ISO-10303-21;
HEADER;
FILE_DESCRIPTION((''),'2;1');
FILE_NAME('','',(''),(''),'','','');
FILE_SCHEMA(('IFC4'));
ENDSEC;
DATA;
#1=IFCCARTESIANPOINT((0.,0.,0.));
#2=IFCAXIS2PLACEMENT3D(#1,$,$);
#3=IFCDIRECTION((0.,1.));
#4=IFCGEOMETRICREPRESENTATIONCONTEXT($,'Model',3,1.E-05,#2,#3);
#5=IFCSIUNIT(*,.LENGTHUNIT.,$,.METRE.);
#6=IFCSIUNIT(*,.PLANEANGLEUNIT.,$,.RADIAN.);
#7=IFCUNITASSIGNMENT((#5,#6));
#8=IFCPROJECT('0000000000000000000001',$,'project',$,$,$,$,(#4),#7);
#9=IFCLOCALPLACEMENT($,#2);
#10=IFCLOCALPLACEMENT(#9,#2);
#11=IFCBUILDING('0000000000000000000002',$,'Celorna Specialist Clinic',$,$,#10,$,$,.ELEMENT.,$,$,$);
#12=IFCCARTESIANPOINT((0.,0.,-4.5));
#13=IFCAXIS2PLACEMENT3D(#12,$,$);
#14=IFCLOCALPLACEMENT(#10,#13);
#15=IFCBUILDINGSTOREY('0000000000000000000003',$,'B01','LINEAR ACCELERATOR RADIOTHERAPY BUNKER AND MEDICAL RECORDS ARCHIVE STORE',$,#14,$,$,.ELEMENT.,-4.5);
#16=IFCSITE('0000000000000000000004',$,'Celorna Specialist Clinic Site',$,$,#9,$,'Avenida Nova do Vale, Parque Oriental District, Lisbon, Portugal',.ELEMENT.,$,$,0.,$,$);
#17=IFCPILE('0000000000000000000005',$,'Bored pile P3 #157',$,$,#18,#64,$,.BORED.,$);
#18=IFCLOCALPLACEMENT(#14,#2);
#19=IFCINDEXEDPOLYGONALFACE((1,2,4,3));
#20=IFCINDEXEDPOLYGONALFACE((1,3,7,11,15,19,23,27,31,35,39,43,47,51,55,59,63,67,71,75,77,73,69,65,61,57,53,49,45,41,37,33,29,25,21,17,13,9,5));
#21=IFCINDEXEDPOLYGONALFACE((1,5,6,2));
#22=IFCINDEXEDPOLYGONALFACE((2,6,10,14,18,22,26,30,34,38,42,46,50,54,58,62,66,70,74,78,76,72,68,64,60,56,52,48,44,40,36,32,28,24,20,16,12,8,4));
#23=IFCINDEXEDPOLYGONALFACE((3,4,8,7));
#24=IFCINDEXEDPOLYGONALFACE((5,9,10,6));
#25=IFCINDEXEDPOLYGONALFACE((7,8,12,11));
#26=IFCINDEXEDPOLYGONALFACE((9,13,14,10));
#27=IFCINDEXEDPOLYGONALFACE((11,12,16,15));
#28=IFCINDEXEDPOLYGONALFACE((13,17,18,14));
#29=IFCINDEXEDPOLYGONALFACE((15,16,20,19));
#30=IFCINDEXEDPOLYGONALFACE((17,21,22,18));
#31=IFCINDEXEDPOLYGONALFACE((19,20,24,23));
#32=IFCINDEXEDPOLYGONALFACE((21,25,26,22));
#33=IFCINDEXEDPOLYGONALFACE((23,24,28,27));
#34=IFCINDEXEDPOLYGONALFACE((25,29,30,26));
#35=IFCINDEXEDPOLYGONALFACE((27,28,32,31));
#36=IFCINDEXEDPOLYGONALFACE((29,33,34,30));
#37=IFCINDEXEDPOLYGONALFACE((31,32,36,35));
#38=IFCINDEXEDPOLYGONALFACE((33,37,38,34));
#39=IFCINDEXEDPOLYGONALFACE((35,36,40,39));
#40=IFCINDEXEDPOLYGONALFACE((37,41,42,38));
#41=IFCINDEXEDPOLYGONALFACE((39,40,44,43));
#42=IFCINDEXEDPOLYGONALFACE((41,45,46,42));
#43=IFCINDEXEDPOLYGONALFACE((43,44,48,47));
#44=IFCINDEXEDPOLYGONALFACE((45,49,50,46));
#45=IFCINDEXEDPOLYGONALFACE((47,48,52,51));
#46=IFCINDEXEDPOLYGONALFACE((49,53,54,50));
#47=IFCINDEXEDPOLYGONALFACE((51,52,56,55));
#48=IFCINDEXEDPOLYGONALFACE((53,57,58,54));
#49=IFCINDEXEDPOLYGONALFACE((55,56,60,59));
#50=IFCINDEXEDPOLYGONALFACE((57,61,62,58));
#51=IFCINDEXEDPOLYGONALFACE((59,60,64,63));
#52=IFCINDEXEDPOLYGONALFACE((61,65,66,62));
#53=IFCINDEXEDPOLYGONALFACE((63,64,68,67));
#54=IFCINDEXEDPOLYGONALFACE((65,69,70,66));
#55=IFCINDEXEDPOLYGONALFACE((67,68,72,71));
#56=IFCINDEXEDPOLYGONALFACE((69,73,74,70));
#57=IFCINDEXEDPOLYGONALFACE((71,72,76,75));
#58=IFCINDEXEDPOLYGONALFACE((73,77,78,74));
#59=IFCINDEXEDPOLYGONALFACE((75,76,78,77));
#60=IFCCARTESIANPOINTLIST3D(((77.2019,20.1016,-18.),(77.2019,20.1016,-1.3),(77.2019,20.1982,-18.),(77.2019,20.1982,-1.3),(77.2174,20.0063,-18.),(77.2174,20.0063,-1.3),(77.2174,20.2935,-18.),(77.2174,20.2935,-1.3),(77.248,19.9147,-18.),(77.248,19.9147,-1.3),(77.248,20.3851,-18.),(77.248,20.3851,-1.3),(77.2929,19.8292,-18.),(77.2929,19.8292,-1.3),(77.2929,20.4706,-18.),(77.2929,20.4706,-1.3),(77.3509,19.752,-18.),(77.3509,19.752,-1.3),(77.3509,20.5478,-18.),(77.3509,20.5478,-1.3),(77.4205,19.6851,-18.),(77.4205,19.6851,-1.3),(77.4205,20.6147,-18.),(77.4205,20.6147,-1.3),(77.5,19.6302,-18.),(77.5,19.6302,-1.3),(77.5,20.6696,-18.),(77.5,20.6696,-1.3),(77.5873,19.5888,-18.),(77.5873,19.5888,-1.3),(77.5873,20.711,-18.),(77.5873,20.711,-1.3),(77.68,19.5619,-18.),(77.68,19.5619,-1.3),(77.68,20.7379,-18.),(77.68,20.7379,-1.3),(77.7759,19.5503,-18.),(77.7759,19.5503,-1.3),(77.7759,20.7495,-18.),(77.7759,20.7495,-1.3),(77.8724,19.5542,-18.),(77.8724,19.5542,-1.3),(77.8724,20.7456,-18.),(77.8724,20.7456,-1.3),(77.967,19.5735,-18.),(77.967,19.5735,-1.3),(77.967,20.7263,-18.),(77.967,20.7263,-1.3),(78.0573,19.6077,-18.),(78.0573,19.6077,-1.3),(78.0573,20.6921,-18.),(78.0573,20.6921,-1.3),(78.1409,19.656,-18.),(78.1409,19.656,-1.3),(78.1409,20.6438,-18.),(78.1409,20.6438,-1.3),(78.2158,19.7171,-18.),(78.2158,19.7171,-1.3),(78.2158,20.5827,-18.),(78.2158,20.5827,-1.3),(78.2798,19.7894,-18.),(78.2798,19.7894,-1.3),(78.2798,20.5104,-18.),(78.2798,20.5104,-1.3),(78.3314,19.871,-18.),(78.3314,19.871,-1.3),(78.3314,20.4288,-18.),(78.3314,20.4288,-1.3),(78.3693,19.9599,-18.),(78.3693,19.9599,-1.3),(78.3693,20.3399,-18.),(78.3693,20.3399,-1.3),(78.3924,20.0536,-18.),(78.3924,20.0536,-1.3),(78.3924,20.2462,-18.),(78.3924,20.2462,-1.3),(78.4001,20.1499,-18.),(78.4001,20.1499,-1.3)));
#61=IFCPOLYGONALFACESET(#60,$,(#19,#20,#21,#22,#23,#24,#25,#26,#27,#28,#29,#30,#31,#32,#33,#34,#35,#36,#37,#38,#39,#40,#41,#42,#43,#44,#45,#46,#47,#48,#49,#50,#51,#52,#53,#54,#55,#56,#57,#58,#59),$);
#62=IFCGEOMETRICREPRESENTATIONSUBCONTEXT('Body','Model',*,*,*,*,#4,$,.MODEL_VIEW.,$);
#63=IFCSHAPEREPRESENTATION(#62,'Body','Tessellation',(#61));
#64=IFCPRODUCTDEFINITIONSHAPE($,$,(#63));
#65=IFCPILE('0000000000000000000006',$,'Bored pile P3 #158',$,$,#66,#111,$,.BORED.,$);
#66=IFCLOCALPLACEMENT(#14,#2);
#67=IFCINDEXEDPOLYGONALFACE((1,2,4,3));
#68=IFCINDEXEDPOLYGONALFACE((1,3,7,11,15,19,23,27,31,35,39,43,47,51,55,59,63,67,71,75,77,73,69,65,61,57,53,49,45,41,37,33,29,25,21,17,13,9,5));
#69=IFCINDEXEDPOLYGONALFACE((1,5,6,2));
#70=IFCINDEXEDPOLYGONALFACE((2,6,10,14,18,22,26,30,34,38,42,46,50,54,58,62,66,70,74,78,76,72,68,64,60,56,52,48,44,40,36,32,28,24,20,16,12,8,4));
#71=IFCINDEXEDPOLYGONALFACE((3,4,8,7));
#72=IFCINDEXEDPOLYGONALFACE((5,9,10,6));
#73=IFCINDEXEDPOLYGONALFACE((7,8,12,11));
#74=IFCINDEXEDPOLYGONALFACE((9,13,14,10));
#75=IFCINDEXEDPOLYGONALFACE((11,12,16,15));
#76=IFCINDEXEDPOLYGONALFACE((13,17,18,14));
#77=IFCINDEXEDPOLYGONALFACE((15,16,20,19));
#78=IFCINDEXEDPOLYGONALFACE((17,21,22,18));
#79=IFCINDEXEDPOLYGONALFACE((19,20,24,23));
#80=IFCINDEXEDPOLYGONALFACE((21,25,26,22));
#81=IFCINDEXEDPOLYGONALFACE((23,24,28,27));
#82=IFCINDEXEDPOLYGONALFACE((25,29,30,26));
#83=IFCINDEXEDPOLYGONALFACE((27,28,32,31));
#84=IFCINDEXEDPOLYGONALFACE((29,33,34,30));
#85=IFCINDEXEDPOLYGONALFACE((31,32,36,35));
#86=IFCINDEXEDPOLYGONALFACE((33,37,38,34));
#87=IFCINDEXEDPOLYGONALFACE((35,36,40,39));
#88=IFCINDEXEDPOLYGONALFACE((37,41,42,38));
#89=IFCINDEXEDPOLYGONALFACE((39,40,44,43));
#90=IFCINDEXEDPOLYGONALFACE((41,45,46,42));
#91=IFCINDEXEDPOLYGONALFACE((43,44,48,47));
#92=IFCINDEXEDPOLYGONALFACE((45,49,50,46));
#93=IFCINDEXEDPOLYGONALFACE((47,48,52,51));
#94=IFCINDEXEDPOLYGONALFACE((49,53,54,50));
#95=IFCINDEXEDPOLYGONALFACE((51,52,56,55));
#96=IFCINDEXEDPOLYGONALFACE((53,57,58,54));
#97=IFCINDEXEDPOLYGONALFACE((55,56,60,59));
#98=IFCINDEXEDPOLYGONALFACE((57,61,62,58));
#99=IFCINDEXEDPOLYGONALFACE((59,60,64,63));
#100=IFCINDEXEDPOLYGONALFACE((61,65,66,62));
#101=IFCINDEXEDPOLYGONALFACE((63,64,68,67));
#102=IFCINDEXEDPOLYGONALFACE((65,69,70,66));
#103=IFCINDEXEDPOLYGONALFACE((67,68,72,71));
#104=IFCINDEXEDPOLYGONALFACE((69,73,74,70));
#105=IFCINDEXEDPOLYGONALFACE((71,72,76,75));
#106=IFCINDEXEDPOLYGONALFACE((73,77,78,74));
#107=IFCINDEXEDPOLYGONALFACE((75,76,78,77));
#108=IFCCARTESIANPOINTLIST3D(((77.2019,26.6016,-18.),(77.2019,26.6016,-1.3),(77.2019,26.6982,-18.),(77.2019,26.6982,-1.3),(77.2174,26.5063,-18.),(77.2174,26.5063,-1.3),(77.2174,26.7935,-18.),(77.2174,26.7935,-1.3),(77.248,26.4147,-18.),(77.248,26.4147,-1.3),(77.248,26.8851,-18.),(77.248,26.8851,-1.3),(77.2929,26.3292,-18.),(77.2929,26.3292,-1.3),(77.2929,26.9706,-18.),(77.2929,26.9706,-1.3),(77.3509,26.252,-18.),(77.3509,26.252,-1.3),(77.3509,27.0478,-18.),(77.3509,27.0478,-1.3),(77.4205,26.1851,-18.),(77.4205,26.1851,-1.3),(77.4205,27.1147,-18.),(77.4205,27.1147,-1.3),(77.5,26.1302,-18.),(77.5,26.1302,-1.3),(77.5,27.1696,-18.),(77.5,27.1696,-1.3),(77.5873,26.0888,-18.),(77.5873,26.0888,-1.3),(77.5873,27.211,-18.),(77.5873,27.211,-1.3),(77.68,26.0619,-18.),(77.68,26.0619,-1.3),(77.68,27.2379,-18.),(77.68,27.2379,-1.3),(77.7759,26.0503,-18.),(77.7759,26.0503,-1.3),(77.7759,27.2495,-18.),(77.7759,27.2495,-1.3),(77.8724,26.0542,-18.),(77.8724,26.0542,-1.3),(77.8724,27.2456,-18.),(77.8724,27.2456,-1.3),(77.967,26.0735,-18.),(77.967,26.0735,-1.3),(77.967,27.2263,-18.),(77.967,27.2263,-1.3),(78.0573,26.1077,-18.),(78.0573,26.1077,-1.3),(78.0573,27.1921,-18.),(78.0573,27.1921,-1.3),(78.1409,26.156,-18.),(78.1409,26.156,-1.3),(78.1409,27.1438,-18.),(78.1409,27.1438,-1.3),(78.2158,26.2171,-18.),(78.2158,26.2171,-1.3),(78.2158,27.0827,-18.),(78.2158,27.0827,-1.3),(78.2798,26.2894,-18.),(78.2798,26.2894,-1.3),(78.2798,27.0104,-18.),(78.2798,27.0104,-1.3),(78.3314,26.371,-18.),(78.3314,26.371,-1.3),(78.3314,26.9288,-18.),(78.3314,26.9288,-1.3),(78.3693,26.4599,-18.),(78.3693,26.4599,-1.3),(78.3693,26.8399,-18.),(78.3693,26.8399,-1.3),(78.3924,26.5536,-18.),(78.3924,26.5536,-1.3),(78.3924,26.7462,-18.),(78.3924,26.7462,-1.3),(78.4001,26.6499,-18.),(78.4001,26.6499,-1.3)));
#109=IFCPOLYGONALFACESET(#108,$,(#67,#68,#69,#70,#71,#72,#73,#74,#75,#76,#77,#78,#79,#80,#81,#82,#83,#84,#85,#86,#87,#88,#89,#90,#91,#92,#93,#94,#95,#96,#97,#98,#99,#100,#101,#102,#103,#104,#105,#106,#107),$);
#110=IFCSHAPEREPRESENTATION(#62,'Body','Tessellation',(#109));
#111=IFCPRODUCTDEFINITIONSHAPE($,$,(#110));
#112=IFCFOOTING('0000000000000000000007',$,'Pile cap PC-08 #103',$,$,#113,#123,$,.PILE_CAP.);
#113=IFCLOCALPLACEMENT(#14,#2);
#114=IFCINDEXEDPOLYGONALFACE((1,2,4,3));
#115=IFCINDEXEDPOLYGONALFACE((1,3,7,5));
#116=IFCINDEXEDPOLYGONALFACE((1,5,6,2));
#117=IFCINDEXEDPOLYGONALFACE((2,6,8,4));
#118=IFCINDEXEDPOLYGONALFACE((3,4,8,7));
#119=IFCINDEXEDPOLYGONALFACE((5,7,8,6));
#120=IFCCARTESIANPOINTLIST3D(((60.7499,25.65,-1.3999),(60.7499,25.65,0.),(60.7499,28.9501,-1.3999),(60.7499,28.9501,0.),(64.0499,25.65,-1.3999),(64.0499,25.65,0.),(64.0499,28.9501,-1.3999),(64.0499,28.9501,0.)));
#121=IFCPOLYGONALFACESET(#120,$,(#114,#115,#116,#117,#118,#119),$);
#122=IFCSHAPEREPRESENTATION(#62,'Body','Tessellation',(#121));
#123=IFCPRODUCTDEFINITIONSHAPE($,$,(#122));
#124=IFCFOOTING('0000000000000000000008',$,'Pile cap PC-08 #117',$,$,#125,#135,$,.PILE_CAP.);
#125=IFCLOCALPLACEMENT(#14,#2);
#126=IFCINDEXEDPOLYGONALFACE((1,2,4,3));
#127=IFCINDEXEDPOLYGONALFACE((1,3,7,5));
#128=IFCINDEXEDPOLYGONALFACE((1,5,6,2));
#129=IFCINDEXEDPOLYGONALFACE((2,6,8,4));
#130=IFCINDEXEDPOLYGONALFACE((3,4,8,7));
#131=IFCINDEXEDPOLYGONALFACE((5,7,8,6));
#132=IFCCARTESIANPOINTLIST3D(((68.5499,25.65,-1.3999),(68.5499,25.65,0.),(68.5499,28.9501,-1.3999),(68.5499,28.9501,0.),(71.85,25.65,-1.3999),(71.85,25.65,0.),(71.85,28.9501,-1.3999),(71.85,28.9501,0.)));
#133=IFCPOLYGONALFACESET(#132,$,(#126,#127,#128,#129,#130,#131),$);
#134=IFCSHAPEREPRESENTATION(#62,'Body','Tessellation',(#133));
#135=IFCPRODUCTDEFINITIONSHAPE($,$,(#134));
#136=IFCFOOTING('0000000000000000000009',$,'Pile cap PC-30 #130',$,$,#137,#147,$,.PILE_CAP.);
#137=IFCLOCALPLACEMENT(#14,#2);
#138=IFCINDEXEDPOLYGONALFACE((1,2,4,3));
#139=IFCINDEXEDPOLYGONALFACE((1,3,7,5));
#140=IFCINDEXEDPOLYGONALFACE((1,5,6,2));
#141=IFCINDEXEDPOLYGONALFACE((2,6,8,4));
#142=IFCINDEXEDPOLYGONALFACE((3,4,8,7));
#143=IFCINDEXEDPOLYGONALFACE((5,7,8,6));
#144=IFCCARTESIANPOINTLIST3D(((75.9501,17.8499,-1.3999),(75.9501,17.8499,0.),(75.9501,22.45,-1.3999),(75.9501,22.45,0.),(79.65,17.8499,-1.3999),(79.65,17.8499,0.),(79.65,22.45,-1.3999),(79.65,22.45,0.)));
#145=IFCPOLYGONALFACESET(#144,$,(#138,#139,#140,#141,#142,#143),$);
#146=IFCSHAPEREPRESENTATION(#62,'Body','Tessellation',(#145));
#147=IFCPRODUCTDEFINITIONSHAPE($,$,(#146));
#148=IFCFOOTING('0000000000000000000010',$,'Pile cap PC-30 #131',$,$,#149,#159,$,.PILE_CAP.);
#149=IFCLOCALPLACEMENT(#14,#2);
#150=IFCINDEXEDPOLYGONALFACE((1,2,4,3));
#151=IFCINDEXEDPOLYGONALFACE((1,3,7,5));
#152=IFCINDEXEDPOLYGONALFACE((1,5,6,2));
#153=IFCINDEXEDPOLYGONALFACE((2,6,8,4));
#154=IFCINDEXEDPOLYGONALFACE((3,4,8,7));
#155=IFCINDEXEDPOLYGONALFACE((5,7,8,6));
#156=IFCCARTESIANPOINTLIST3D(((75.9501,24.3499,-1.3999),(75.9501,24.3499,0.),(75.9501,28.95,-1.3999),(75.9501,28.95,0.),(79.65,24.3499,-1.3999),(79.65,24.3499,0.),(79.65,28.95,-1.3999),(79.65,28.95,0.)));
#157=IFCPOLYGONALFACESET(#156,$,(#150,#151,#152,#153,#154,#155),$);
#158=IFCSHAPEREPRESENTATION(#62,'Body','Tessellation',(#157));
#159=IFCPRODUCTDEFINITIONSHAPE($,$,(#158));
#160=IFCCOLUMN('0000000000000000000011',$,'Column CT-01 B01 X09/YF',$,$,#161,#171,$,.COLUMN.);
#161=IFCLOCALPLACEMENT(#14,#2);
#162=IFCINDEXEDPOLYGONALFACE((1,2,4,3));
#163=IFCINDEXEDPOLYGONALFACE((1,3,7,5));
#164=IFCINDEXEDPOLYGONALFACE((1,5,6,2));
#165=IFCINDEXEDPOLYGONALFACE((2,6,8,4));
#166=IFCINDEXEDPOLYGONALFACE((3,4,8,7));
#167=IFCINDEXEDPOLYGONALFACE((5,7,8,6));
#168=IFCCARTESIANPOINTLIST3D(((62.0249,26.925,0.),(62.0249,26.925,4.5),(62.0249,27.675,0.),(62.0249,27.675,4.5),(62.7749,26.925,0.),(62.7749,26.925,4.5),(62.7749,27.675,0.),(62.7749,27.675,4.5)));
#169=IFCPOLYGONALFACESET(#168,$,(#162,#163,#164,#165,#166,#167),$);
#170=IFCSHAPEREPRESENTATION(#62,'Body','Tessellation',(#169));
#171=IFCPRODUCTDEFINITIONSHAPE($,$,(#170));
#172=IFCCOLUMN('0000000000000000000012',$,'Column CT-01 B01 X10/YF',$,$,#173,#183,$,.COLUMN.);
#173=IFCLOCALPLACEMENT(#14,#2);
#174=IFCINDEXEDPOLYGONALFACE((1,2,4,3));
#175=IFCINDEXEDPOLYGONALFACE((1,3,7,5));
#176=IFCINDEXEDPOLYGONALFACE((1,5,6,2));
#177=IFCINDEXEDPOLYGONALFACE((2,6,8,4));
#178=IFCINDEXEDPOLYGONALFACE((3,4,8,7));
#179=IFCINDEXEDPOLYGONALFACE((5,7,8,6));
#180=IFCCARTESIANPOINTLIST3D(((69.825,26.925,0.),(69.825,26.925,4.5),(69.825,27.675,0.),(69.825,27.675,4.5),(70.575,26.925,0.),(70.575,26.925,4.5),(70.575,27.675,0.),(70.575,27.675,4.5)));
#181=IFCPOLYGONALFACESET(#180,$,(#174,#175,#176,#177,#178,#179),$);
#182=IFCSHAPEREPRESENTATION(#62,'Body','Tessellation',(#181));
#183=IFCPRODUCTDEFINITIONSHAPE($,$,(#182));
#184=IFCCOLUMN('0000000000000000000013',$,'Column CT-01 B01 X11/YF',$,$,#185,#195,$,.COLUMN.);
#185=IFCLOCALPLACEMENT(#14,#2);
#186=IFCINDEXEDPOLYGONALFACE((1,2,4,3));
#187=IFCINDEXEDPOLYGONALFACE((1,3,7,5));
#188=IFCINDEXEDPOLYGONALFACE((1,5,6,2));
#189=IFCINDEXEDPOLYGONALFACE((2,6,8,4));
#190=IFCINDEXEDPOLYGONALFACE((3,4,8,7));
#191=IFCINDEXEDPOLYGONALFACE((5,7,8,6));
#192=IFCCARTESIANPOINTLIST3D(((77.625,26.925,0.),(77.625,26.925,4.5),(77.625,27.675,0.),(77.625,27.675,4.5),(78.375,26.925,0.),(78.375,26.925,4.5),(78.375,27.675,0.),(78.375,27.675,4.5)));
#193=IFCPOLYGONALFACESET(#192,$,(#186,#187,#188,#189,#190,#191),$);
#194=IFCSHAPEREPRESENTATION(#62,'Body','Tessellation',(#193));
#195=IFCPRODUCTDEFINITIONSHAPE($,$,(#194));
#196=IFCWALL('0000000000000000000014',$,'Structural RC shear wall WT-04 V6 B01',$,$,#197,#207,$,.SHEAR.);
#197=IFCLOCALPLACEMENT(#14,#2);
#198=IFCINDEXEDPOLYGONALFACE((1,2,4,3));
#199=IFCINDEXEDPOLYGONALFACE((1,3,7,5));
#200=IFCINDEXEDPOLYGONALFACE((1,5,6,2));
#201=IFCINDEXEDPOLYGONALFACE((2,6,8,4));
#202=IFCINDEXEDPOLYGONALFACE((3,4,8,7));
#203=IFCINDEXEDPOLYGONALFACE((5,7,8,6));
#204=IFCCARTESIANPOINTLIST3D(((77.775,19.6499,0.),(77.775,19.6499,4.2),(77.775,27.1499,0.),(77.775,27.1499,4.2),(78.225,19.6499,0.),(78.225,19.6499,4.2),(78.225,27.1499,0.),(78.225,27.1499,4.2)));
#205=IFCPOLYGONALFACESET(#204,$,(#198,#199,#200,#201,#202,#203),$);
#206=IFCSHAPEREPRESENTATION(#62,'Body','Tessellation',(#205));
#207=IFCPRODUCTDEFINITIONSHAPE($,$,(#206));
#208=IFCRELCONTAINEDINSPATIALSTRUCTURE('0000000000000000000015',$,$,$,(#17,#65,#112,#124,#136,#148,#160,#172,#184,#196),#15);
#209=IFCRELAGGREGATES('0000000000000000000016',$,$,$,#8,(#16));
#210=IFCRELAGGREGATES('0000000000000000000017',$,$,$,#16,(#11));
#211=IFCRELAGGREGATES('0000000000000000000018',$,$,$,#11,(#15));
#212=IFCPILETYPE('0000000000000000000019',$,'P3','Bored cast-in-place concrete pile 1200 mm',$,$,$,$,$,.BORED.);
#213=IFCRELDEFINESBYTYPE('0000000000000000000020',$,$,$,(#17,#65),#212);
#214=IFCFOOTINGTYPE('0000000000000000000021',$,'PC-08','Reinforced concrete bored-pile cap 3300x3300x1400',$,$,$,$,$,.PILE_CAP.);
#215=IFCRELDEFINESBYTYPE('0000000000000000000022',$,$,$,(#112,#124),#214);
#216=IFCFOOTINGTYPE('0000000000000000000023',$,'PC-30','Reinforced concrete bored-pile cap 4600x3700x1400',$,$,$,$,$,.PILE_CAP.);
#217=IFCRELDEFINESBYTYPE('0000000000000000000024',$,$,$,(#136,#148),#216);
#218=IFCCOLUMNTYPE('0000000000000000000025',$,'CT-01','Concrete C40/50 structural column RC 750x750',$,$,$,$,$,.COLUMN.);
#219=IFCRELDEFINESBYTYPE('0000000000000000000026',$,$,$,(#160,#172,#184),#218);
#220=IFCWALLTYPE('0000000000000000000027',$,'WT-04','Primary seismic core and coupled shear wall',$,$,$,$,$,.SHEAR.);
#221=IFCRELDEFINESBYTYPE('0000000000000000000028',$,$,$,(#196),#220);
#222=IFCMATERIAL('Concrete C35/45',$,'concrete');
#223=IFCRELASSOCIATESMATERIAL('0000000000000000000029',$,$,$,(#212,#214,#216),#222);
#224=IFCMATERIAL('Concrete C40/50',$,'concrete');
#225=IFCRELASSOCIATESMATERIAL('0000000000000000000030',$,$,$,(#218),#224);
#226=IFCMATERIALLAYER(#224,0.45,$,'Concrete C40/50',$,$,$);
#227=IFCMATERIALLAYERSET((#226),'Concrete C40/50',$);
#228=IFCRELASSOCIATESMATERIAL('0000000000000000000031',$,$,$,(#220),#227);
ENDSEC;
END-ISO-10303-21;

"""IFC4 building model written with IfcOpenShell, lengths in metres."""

from ifc_helpers import new_model, si_unit, direction, frame, frame_2d, origin, origin_2d, place, context, subcontext, project, spatial, rectangle, circle, extrude, material, layer, layer_set, material_profile, profile_set, type_object, element, save


model = new_model("IFC4")

# Units and contexts
model_context = context("Model", 3, precision=1e-05, world=origin(), true_north=direction((0.0, 1.0)))
body_context = subcontext(model_context, "Body", "Model", "MODEL_VIEW")
ifc_project = project(units=[si_unit("LENGTHUNIT", "METRE"), si_unit("PLANEANGLEUNIT", "RADIAN")], contexts=[model_context])

# Site, building, storey
site_placement = place(None, origin())
site = spatial("IfcSite", under=ifc_project, at=site_placement, Name="Celorna Specialist Clinic Site", LongName="Avenida Nova do Vale, Parque Oriental District, Lisbon, Portugal", CompositionType="ELEMENT", RefElevation=0.0)
building_placement = place(site_placement, origin())
building = spatial("IfcBuilding", under=site, at=building_placement, Name="Celorna Specialist Clinic", CompositionType="ELEMENT")
storey_placement = place(building_placement, frame((0.0, 0.0, -4.5)))
storey = spatial("IfcBuildingStorey", under=building, at=storey_placement, Name="B01", Description="LINEAR ACCELERATOR RADIOTHERAPY BUNKER AND MEDICAL RECORDS ARCHIVE STORE", CompositionType="ELEMENT", Elevation=-4.5)

# Shared definitions
ifc_material_1 = material(Name="Concrete C35/45", Category="concrete")

# Piles
ifc_material_profile_1 = material_profile(ifc_material_1, circle(Radius=0.6001, at=origin_2d()), Name="BORED PILE 1200")
ifc_profile_set_1 = profile_set([ifc_material_profile_1], Name="Concrete C35/45")
pile_type_1 = type_object("IfcPileType", Name="P3", Description="Bored cast-in-place concrete pile 1200 mm", PredefinedType="BORED", material=ifc_profile_set_1)
for number, where, z_axis, x_axis, name in (
    (1, (77.8, 20.1499, -1.3), (0.0, 0.0, -1.0), (1.0, 0.0, 0.0), "Bored pile P3 #157"),
    (2, (77.8, 26.6499, -1.3), (0.0, 0.0, -1.0), (1.0, 0.0, 0.0), "Bored pile P3 #158"),
):
    element("IfcPile", number, at=place(storey_placement, frame(where, z_axis=z_axis, x_axis=x_axis)), inside=storey, type_object=pile_type_1, Name=name, PredefinedType="BORED", context=body_context, shape_type="SweptSolid", body=[
        extrude(circle(Radius=0.6001, at=origin_2d()), origin(), (0.0, 0.0, 1.0), 16.7),
    ])

# Footings
footing_type_1 = type_object("IfcFootingType", Name="PC-08", Description="Reinforced concrete bored-pile cap 3300x3300x1400", PredefinedType="PILE_CAP", material=ifc_material_1)
for number, where, z_axis, x_axis, name in (
    (3, (62.3999, 27.3, -1.3999), (0.0, 0.0, 1.0), (1.0, 0.0, 0.0), "Pile cap PC-08 #103"),
    (4, (70.2, 27.3, -1.3999), (0.0, 0.0, 1.0), (1.0, 0.0, 0.0), "Pile cap PC-08 #117"),
):
    element("IfcFooting", number, at=place(storey_placement, frame(where, z_axis=z_axis, x_axis=x_axis)), inside=storey, type_object=footing_type_1, Name=name, PredefinedType="PILE_CAP", context=body_context, shape_type="SweptSolid", body=[
        extrude(rectangle(XDim=3.3, YDim=3.3, at=origin_2d()), origin(), (0.0, 0.0, 1.0), 1.3999),
    ])
footing_type_2 = type_object("IfcFootingType", Name="PC-30", Description="Reinforced concrete bored-pile cap 4600x3700x1400", PredefinedType="PILE_CAP", material=ifc_material_1)
for number, where, z_axis, x_axis, name in (
    (5, (77.8, 20.1499, -1.3999), (0.0, 0.0, 1.0), (1.0, 0.0, 0.0), "Pile cap PC-30 #130"),
    (6, (77.8, 26.6499, -1.3999), (0.0, 0.0, 1.0), (1.0, 0.0, 0.0), "Pile cap PC-30 #131"),
):
    element("IfcFooting", number, at=place(storey_placement, frame(where, z_axis=z_axis, x_axis=x_axis)), inside=storey, type_object=footing_type_2, Name=name, PredefinedType="PILE_CAP", context=body_context, shape_type="SweptSolid", body=[
        extrude(rectangle(XDim=3.7, YDim=4.6001, at=origin_2d()), origin(), (0.0, 0.0, 1.0), 1.3999),
    ])

# Columns
ifc_material_2 = material(Name="Concrete C40/50", Category="concrete")
ifc_material_profile_2 = material_profile(ifc_material_2, rectangle(XDim=0.75, YDim=0.75, at=origin_2d()), Name="RC 750x750")
ifc_profile_set_2 = profile_set([ifc_material_profile_2], Name="Concrete C40/50")
column_type = type_object("IfcColumnType", Name="CT-01", Description="Concrete C40/50 structural column RC 750x750", PredefinedType="COLUMN", material=ifc_profile_set_2)
for number, where, z_axis, x_axis, name in (
    (7, (62.3999, 27.3, 0.0), (0.0, 0.0, 1.0), (1.0, 0.0, 0.0), "Column CT-01 B01 X09/YF"),
    (8, (70.2, 27.3, 0.0), (0.0, 0.0, 1.0), (1.0, 0.0, 0.0), "Column CT-01 B01 X10/YF"),
    (9, (78.0, 27.3, 0.0), (0.0, 0.0, 1.0), (1.0, 0.0, 0.0), "Column CT-01 B01 X11/YF"),
):
    element("IfcColumn", number, at=place(storey_placement, frame(where, z_axis=z_axis, x_axis=x_axis)), inside=storey, type_object=column_type, Name=name, PredefinedType="COLUMN", context=body_context, shape_type="SweptSolid", body=[
        extrude(rectangle(XDim=0.75, YDim=0.75, at=origin_2d()), origin(), (0.0, 0.0, 1.0), 4.5),
    ])

# Wall
ifc_layer_1 = layer(ifc_material_2, 0.45, Name="Concrete C40/50")
ifc_layer_set_1 = layer_set([ifc_layer_1], Name="Concrete C40/50")
wall_type_1 = type_object("IfcWallType", Name="WT-04", Description="Primary seismic core and coupled shear wall", PredefinedType="SHEAR", material=ifc_layer_set_1)
wall_1_placement = place(storey_placement, frame((78.0, 19.6499, 0.0), z_axis=(0.0, 0.0, 1.0), x_axis=(0.0, 1.0, 0.0)))
element("IfcWall", 10, at=wall_1_placement, inside=storey, type_object=wall_type_1, Name="Structural RC shear wall WT-04 V6 B01", PredefinedType="SHEAR", context=body_context, shape_type="SweptSolid", body=[
    extrude(rectangle(XDim=7.5, YDim=0.45, at=frame_2d((3.75, 0.0))), origin(), (0.0, 0.0, 1.0), 4.2),
])

save(model, "model.ifc")
